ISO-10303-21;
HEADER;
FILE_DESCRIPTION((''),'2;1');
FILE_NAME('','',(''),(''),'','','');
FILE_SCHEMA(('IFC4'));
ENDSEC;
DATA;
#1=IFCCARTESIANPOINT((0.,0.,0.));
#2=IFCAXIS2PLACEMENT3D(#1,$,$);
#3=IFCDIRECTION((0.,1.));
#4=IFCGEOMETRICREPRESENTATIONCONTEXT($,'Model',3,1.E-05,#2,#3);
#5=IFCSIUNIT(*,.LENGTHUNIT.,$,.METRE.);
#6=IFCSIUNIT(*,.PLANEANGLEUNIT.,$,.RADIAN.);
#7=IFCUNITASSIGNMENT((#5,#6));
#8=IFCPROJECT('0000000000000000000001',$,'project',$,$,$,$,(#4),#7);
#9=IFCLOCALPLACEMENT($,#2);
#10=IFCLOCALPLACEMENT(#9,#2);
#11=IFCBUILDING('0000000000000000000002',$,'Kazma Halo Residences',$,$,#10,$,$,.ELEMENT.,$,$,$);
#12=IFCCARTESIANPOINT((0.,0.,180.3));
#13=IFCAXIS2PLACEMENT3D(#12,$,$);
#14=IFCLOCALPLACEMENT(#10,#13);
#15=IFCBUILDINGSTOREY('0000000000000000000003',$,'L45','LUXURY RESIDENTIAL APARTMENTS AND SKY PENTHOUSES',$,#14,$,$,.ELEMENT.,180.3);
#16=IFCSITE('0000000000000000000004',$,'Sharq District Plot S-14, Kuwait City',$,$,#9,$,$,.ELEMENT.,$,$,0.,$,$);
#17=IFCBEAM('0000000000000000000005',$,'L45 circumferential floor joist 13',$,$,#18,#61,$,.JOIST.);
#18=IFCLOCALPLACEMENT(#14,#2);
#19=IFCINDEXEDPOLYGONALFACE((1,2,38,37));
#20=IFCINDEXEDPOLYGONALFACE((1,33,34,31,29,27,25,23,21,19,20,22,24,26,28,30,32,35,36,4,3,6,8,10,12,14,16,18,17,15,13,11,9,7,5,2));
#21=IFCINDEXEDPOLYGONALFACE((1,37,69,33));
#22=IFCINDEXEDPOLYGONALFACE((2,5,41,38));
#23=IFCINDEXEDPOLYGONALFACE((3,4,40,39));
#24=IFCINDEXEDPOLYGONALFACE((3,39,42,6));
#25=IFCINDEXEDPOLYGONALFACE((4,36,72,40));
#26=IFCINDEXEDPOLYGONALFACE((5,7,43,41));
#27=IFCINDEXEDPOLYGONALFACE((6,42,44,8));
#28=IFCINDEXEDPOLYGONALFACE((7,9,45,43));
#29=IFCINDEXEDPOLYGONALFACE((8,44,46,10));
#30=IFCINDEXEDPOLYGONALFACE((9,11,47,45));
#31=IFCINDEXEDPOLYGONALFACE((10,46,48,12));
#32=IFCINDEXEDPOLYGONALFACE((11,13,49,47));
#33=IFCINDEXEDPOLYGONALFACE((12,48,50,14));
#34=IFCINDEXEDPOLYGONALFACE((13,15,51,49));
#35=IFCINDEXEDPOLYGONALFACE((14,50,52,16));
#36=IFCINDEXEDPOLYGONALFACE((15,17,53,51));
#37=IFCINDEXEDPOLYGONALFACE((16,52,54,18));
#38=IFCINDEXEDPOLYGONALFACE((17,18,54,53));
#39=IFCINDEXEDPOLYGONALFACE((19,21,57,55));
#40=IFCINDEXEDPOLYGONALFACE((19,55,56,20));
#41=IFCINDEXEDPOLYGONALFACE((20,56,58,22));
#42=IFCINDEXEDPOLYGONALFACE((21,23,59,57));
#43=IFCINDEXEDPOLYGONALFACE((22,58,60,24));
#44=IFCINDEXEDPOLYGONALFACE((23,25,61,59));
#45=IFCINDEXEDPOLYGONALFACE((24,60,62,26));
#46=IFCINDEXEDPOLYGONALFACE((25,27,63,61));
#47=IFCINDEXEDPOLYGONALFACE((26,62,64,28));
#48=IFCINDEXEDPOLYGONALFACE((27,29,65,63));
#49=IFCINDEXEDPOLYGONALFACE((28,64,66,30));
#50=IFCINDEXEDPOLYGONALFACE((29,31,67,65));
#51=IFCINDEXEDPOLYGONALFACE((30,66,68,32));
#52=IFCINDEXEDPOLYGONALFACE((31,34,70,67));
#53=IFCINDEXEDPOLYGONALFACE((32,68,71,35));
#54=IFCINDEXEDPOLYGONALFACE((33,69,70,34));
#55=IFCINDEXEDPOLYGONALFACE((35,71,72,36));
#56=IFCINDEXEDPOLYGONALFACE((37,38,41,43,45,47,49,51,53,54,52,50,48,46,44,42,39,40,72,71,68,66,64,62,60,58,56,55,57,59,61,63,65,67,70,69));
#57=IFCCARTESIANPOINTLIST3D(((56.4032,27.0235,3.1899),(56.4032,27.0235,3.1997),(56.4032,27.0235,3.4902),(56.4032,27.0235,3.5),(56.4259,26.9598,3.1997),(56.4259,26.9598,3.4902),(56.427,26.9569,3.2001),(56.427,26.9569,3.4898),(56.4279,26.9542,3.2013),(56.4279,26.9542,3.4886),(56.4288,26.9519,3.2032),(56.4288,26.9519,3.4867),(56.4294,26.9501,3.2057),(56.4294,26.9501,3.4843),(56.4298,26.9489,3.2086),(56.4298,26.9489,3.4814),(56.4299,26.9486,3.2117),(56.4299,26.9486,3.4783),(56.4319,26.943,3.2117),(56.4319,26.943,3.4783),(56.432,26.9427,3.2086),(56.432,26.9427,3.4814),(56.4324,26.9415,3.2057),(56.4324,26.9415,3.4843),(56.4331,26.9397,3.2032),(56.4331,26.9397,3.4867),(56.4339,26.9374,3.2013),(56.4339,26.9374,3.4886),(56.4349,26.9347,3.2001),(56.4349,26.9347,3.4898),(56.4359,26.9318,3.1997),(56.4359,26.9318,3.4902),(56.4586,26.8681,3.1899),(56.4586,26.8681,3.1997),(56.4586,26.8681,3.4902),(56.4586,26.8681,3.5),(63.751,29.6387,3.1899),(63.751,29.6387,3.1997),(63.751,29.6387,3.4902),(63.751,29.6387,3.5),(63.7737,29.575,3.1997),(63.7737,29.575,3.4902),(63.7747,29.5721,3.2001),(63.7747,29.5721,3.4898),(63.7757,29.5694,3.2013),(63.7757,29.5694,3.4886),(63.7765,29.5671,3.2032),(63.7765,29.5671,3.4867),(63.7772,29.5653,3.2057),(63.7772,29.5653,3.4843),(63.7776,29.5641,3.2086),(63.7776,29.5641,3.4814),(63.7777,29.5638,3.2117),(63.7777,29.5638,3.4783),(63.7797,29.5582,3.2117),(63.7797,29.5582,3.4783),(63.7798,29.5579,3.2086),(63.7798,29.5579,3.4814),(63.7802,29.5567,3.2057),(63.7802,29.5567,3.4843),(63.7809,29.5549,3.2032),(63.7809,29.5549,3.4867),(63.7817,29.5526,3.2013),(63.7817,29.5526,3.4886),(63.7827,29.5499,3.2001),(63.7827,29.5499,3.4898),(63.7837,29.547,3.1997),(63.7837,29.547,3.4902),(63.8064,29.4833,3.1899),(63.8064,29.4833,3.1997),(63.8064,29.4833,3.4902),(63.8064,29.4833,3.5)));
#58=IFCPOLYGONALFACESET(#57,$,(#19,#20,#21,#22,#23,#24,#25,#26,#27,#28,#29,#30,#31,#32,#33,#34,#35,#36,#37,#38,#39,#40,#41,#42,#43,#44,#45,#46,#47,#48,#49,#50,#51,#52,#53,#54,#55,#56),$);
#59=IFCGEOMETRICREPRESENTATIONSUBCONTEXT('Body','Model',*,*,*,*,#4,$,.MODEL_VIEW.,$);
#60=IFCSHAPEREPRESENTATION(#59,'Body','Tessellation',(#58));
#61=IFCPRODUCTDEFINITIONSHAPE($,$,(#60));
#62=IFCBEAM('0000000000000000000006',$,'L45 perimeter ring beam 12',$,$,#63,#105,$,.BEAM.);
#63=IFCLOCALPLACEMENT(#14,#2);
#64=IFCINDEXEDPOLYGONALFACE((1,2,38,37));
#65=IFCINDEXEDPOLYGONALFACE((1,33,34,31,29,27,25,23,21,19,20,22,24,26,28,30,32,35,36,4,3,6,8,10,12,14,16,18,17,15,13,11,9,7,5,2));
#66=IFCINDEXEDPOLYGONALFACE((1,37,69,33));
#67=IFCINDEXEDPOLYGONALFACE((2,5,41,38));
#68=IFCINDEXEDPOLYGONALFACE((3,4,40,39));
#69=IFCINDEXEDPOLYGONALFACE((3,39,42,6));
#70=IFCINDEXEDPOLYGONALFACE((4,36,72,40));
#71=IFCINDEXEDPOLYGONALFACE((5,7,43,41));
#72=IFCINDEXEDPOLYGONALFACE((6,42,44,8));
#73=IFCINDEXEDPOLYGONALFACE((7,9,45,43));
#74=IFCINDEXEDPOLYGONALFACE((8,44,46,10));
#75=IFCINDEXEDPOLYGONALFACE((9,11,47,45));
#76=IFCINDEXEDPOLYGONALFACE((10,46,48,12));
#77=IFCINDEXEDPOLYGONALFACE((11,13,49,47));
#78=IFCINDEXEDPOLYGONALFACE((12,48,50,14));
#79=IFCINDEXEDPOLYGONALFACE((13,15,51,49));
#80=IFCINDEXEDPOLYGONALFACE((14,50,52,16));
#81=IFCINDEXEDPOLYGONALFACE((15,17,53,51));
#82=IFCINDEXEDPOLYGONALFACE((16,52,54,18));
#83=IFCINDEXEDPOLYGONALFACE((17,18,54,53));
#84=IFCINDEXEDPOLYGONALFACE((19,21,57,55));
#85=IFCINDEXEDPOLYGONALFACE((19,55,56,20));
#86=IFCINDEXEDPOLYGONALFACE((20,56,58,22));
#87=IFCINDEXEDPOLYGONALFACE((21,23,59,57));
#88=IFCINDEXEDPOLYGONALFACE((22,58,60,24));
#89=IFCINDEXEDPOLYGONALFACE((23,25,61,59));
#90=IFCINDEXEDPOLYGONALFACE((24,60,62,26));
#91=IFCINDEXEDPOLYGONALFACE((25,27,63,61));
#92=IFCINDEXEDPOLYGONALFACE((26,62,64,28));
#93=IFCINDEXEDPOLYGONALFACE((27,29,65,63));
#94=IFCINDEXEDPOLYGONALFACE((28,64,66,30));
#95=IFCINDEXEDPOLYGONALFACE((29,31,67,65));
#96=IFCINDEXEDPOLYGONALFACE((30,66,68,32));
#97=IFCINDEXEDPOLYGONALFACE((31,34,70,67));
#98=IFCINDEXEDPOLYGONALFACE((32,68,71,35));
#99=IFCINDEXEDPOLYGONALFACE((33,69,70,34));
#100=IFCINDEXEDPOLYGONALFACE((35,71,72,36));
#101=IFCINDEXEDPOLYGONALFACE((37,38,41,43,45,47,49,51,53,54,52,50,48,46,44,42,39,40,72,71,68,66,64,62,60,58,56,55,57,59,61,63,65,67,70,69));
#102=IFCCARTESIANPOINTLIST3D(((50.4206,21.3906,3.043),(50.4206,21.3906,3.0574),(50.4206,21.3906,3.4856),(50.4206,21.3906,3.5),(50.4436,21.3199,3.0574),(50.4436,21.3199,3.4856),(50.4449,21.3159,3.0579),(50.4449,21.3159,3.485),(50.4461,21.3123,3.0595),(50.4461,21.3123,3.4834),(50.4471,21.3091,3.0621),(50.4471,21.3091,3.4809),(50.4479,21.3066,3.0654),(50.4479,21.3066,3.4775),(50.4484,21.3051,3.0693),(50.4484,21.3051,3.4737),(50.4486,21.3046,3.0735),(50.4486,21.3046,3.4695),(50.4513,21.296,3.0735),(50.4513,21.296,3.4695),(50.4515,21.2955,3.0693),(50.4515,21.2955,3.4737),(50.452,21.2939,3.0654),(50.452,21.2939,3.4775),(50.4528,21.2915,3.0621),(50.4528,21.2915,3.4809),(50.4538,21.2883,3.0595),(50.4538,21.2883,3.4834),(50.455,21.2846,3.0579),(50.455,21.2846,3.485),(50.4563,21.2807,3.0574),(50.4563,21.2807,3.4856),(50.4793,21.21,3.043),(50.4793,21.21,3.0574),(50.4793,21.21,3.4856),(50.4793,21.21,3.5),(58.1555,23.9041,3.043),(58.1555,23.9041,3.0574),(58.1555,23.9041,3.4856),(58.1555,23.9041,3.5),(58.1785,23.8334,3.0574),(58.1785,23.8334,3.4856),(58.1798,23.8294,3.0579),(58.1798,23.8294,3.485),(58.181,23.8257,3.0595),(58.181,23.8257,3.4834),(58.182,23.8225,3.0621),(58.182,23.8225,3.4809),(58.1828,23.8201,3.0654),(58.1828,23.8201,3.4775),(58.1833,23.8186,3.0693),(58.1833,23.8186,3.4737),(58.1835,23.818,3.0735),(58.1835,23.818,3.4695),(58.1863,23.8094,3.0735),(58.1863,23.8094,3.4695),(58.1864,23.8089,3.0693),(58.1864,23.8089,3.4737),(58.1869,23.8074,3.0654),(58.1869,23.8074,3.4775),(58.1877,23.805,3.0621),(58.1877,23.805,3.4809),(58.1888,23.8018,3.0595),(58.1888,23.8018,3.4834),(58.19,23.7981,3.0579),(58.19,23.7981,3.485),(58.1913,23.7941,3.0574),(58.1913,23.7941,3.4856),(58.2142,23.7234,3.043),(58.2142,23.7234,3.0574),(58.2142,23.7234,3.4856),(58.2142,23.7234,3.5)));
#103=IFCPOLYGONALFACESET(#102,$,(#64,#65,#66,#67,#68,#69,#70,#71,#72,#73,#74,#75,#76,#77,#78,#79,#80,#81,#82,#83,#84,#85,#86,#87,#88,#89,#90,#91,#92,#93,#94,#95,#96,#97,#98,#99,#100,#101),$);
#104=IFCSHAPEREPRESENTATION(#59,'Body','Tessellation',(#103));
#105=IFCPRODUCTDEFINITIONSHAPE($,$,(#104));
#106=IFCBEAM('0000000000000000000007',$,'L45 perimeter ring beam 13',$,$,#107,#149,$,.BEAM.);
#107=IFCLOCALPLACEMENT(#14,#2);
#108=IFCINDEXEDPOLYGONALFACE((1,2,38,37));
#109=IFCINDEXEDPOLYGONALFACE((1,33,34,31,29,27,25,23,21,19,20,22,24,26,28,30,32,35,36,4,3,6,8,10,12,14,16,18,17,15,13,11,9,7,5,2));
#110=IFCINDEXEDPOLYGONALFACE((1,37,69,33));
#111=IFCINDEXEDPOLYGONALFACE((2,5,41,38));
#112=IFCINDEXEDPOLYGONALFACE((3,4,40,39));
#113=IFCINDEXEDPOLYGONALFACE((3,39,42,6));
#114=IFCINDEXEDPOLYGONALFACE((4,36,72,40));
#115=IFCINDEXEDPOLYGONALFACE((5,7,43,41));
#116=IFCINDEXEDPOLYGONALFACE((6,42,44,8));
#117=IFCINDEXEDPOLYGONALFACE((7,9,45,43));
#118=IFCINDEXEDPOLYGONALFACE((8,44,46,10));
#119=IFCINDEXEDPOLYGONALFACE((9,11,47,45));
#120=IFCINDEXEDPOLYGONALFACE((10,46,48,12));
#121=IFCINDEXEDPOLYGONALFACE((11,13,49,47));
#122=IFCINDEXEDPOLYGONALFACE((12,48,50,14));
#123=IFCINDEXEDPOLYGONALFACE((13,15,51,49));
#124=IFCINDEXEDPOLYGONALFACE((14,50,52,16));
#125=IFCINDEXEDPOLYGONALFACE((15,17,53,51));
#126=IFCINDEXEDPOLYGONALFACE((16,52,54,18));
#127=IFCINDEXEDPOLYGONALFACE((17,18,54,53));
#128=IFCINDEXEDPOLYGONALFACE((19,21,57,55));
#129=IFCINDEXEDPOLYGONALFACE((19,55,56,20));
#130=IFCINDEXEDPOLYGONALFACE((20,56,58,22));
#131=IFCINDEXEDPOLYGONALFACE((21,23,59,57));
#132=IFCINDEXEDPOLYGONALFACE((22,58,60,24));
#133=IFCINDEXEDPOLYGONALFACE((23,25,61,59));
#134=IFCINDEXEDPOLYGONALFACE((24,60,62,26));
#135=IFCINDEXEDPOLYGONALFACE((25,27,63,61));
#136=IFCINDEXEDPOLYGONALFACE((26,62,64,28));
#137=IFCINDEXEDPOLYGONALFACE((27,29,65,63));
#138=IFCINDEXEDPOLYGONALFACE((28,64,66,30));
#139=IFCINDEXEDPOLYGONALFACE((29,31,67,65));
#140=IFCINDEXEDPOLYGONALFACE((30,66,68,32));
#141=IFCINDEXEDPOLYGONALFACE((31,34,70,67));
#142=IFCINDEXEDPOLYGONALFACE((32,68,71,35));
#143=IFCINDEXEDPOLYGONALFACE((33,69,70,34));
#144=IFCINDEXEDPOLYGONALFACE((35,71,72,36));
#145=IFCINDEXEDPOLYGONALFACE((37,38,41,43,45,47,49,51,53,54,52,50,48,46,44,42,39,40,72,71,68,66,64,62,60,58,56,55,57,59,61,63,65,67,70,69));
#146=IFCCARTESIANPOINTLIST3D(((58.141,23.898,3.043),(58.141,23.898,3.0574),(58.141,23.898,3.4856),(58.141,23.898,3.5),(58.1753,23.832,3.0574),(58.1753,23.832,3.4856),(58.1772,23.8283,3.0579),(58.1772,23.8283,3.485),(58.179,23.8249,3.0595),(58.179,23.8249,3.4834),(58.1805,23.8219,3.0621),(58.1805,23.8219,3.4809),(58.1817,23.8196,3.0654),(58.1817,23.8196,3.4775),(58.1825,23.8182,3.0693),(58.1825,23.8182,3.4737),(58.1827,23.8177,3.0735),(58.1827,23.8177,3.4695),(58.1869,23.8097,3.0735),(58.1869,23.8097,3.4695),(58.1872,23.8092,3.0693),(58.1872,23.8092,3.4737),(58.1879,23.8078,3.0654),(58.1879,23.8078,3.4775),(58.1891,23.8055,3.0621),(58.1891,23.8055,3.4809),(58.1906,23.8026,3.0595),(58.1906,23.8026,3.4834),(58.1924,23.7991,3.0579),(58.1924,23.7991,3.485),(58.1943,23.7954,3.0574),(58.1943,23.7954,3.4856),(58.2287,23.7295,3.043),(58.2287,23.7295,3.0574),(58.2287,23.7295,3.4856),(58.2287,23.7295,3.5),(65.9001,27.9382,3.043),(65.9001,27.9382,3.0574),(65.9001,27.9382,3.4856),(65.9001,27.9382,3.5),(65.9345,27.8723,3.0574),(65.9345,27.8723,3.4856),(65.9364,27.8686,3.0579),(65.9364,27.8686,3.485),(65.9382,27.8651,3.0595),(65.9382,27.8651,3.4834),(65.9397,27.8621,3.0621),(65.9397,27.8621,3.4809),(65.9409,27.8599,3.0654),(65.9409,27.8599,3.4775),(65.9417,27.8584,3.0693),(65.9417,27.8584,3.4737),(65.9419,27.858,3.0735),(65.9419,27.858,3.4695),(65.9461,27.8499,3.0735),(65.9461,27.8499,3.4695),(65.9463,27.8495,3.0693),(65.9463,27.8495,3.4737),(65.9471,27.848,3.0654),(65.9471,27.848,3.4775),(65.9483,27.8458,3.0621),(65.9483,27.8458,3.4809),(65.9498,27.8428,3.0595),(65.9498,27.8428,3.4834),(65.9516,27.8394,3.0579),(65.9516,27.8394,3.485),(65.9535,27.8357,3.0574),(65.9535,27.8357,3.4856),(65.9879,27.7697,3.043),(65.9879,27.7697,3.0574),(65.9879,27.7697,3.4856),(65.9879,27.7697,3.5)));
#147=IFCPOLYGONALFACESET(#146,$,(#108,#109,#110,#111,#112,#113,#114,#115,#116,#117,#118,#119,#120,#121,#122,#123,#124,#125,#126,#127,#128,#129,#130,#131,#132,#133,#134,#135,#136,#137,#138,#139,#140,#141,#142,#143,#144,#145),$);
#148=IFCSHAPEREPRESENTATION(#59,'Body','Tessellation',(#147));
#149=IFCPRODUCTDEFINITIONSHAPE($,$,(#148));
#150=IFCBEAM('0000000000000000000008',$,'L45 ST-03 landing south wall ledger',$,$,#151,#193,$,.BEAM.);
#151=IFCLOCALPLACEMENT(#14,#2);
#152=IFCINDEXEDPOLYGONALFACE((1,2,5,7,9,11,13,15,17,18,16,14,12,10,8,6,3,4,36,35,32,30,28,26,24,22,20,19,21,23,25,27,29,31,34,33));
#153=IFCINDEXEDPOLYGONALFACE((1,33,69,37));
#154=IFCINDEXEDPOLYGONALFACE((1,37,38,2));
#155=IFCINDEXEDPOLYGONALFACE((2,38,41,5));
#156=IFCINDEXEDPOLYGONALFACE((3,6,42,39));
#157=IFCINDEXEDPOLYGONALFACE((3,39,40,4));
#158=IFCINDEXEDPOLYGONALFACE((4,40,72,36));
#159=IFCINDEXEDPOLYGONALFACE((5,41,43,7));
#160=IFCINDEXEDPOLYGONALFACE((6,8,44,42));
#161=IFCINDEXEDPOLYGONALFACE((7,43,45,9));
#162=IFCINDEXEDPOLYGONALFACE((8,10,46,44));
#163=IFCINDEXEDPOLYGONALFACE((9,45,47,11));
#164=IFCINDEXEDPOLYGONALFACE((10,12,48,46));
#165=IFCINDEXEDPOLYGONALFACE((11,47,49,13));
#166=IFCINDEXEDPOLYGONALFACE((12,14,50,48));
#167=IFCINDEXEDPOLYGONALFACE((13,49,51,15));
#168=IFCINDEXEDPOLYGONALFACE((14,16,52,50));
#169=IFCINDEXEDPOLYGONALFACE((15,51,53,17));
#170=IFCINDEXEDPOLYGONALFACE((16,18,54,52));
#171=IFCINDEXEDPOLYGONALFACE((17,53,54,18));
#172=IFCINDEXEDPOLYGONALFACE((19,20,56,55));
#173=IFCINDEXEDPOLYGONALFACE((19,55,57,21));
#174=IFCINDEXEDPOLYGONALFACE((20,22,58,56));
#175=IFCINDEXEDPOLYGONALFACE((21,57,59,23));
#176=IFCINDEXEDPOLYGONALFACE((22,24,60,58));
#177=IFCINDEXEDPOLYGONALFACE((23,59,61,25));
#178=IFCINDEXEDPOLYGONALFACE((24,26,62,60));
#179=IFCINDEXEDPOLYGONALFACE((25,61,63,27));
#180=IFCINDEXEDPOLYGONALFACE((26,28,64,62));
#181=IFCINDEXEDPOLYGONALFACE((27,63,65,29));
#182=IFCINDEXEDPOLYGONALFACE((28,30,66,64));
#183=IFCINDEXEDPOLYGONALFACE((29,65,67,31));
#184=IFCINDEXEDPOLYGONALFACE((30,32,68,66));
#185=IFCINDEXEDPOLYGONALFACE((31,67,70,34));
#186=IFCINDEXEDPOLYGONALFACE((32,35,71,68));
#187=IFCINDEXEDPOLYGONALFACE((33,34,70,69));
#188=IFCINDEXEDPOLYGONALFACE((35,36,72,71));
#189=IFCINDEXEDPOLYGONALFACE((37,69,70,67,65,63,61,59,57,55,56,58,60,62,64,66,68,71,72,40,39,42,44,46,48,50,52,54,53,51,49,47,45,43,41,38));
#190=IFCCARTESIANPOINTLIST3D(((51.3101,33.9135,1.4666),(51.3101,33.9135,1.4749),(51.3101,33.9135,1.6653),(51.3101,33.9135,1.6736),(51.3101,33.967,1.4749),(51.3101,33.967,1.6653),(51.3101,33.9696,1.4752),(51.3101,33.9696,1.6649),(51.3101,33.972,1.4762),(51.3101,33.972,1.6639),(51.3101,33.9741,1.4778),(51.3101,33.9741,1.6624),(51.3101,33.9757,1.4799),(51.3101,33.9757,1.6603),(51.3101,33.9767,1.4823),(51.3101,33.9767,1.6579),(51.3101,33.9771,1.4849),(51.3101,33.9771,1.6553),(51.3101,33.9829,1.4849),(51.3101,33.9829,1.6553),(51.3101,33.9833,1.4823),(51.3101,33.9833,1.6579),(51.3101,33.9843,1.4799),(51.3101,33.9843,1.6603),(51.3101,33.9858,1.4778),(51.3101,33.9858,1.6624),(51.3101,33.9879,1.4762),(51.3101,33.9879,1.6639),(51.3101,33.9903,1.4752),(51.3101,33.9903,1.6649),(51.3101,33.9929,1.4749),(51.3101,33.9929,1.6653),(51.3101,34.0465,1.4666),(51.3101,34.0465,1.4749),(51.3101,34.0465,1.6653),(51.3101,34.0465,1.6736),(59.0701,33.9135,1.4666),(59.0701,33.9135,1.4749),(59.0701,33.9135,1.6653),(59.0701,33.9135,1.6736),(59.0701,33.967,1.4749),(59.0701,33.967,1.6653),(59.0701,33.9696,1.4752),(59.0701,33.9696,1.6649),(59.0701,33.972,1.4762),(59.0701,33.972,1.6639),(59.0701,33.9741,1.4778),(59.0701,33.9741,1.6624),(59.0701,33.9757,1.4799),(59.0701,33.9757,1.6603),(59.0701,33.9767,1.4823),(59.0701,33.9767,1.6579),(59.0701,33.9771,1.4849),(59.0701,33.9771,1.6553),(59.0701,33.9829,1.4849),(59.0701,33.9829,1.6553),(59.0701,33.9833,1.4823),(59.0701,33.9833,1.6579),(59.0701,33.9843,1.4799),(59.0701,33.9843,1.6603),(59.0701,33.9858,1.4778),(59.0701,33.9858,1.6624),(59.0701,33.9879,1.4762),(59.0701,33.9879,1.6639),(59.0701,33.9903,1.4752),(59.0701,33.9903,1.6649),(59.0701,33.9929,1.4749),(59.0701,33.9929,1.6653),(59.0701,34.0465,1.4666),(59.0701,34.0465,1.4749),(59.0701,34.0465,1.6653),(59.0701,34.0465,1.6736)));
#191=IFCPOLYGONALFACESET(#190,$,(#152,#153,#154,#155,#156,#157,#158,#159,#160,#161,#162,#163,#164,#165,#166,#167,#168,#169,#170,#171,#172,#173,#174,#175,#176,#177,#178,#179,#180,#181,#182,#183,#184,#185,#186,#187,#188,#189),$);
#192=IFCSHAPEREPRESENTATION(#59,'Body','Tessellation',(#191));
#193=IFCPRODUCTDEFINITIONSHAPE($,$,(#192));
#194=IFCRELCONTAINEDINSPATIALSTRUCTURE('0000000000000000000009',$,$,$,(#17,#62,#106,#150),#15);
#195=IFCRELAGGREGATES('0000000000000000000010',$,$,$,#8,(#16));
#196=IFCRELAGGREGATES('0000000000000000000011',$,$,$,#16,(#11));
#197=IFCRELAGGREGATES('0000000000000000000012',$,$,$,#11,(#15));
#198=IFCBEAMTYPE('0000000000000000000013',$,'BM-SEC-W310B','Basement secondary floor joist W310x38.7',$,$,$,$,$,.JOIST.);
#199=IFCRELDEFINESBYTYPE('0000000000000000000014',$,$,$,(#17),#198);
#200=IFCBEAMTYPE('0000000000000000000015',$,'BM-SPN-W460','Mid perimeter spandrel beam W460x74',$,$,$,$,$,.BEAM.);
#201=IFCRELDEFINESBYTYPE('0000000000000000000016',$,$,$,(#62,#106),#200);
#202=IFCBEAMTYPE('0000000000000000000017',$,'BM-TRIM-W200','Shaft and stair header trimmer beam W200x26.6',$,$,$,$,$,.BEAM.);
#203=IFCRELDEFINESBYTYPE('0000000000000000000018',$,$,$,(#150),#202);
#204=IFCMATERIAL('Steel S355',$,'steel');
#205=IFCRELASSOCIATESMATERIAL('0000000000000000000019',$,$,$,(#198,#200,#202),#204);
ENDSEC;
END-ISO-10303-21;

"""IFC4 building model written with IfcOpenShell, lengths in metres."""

from ifc_helpers import new_model, si_unit, direction, frame, origin, origin_2d, place, context, subcontext, project, spatial, i_section, extrude, material, material_profile, profile_set, type_object, element, save


model = new_model("IFC4")

# Units and contexts
model_context = context("Model", 3, precision=1e-05, world=origin(), true_north=direction((0.0, 1.0)))
body_context = subcontext(model_context, "Body", "Model", "MODEL_VIEW")
ifc_project = project(units=[si_unit("LENGTHUNIT", "METRE"), si_unit("PLANEANGLEUNIT", "RADIAN")], contexts=[model_context])

# Site, building, storey
site_placement = place(None, origin())
site = spatial("IfcSite", under=ifc_project, at=site_placement, Name="Sharq District Plot S-14, Kuwait City", CompositionType="ELEMENT", RefElevation=0.0)
building_placement = place(site_placement, origin())
building = spatial("IfcBuilding", under=site, at=building_placement, Name="Kazma Halo Residences", CompositionType="ELEMENT")
storey_placement = place(building_placement, frame((0.0, 0.0, 180.3)))
storey = spatial("IfcBuildingStorey", under=building, at=storey_placement, Name="L45", Description="LUXURY RESIDENTIAL APARTMENTS AND SKY PENTHOUSES", CompositionType="ELEMENT", Elevation=180.3)

# Beams
ifc_material_1 = material(Name="Steel S355", Category="steel")
ifc_material_profile_1 = material_profile(ifc_material_1, i_section(OverallWidth=0.165, OverallDepth=0.3101, WebThickness=0.0059, FlangeThickness=0.0098, FilletRadius=0.012, at=origin_2d()), Name="W310x38.7")
ifc_profile_set_1 = profile_set([ifc_material_profile_1], Name="Steel S355")
beam_type_1 = type_object("IfcBeamType", Name="BM-SEC-W310B", Description="Basement secondary floor joist W310x38.7", PredefinedType="JOIST", material=ifc_profile_set_1)
beam_1_placement = place(storey_placement, frame((56.4309, 26.9458, 3.345), z_axis=(0.942107, 0.335311, 0.0), x_axis=(-0.335311, 0.942107, 0.0)))
element("IfcBeam", 1, at=beam_1_placement, inside=storey, type_object=beam_type_1, Name="L45 circumferential floor joist 13", PredefinedType="JOIST", context=body_context, shape_type="SweptSolid", body=[
    extrude(i_section(OverallWidth=0.165, OverallDepth=0.3101, WebThickness=0.0059, FlangeThickness=0.0098, FilletRadius=0.012, at=origin_2d()), origin(), (0.0, 0.0, 1.0), 7.7993),
])
ifc_material_profile_2 = material_profile(ifc_material_1, i_section(OverallWidth=0.1899, OverallDepth=0.457, WebThickness=0.009, FlangeThickness=0.0144, FilletRadius=0.0161, at=origin_2d()), Name="W460x74")
ifc_profile_set_2 = profile_set([ifc_material_profile_2], Name="Steel S355")
beam_type_2 = type_object("IfcBeamType", Name="BM-SPN-W460", Description="Mid perimeter spandrel beam W460x74", PredefinedType="BEAM", material=ifc_profile_set_2)
beam_2_placement = place(storey_placement, frame((50.45, 21.3003, 3.2715), z_axis=(0.951049, 0.309041, 0.0), x_axis=(-0.309041, 0.951049, 0.0)))
element("IfcBeam", 2, at=beam_2_placement, inside=storey, type_object=beam_type_2, Name="L45 perimeter ring beam 12", PredefinedType="BEAM", context=body_context, shape_type="SweptSolid", body=[
    extrude(i_section(OverallWidth=0.1899, OverallDepth=0.457, WebThickness=0.009, FlangeThickness=0.0144, FilletRadius=0.0161, at=origin_2d()), origin(), (0.0, 0.0, 1.0), 8.1331),
])
beam_3_placement = place(storey_placement, frame((58.1848, 23.8137, 3.2715), z_axis=(0.886961, 0.461844, 0.0), x_axis=(-0.461844, 0.886961, 0.0)))
element("IfcBeam", 3, at=beam_3_placement, inside=storey, type_object=beam_type_2, Name="L45 perimeter ring beam 13", PredefinedType="BEAM", context=body_context, shape_type="SweptSolid", body=[
    extrude(i_section(OverallWidth=0.1899, OverallDepth=0.457, WebThickness=0.009, FlangeThickness=0.0144, FilletRadius=0.0161, at=origin_2d()), origin(), (0.0, 0.0, 1.0), 8.748),
])
ifc_material_profile_3 = material_profile(ifc_material_1, i_section(OverallWidth=0.1331, OverallDepth=0.207, WebThickness=0.0059, FlangeThickness=0.0083, FilletRadius=0.01, at=origin_2d()), Name="W200x26.6")
ifc_profile_set_3 = profile_set([ifc_material_profile_3], Name="Steel S355")
beam_type_3 = type_object("IfcBeamType", Name="BM-TRIM-W200", Description="Shaft and stair header trimmer beam W200x26.6", PredefinedType="BEAM", material=ifc_profile_set_3)
beam_4_placement = place(storey_placement, frame((51.3101, 33.98, 1.5701), z_axis=(1.0, 0.0, 0.0), x_axis=(0.0, 1.0, 0.0)))
element("IfcBeam", 4, at=beam_4_placement, inside=storey, type_object=beam_type_3, Name="L45 ST-03 landing south wall ledger", PredefinedType="BEAM", context=body_context, shape_type="SweptSolid", body=[
    extrude(i_section(OverallWidth=0.1331, OverallDepth=0.207, WebThickness=0.0059, FlangeThickness=0.0083, FilletRadius=0.01, at=origin_2d()), origin(), (0.0, 0.0, 1.0), 7.76),
])

save(model, "model.ifc")
